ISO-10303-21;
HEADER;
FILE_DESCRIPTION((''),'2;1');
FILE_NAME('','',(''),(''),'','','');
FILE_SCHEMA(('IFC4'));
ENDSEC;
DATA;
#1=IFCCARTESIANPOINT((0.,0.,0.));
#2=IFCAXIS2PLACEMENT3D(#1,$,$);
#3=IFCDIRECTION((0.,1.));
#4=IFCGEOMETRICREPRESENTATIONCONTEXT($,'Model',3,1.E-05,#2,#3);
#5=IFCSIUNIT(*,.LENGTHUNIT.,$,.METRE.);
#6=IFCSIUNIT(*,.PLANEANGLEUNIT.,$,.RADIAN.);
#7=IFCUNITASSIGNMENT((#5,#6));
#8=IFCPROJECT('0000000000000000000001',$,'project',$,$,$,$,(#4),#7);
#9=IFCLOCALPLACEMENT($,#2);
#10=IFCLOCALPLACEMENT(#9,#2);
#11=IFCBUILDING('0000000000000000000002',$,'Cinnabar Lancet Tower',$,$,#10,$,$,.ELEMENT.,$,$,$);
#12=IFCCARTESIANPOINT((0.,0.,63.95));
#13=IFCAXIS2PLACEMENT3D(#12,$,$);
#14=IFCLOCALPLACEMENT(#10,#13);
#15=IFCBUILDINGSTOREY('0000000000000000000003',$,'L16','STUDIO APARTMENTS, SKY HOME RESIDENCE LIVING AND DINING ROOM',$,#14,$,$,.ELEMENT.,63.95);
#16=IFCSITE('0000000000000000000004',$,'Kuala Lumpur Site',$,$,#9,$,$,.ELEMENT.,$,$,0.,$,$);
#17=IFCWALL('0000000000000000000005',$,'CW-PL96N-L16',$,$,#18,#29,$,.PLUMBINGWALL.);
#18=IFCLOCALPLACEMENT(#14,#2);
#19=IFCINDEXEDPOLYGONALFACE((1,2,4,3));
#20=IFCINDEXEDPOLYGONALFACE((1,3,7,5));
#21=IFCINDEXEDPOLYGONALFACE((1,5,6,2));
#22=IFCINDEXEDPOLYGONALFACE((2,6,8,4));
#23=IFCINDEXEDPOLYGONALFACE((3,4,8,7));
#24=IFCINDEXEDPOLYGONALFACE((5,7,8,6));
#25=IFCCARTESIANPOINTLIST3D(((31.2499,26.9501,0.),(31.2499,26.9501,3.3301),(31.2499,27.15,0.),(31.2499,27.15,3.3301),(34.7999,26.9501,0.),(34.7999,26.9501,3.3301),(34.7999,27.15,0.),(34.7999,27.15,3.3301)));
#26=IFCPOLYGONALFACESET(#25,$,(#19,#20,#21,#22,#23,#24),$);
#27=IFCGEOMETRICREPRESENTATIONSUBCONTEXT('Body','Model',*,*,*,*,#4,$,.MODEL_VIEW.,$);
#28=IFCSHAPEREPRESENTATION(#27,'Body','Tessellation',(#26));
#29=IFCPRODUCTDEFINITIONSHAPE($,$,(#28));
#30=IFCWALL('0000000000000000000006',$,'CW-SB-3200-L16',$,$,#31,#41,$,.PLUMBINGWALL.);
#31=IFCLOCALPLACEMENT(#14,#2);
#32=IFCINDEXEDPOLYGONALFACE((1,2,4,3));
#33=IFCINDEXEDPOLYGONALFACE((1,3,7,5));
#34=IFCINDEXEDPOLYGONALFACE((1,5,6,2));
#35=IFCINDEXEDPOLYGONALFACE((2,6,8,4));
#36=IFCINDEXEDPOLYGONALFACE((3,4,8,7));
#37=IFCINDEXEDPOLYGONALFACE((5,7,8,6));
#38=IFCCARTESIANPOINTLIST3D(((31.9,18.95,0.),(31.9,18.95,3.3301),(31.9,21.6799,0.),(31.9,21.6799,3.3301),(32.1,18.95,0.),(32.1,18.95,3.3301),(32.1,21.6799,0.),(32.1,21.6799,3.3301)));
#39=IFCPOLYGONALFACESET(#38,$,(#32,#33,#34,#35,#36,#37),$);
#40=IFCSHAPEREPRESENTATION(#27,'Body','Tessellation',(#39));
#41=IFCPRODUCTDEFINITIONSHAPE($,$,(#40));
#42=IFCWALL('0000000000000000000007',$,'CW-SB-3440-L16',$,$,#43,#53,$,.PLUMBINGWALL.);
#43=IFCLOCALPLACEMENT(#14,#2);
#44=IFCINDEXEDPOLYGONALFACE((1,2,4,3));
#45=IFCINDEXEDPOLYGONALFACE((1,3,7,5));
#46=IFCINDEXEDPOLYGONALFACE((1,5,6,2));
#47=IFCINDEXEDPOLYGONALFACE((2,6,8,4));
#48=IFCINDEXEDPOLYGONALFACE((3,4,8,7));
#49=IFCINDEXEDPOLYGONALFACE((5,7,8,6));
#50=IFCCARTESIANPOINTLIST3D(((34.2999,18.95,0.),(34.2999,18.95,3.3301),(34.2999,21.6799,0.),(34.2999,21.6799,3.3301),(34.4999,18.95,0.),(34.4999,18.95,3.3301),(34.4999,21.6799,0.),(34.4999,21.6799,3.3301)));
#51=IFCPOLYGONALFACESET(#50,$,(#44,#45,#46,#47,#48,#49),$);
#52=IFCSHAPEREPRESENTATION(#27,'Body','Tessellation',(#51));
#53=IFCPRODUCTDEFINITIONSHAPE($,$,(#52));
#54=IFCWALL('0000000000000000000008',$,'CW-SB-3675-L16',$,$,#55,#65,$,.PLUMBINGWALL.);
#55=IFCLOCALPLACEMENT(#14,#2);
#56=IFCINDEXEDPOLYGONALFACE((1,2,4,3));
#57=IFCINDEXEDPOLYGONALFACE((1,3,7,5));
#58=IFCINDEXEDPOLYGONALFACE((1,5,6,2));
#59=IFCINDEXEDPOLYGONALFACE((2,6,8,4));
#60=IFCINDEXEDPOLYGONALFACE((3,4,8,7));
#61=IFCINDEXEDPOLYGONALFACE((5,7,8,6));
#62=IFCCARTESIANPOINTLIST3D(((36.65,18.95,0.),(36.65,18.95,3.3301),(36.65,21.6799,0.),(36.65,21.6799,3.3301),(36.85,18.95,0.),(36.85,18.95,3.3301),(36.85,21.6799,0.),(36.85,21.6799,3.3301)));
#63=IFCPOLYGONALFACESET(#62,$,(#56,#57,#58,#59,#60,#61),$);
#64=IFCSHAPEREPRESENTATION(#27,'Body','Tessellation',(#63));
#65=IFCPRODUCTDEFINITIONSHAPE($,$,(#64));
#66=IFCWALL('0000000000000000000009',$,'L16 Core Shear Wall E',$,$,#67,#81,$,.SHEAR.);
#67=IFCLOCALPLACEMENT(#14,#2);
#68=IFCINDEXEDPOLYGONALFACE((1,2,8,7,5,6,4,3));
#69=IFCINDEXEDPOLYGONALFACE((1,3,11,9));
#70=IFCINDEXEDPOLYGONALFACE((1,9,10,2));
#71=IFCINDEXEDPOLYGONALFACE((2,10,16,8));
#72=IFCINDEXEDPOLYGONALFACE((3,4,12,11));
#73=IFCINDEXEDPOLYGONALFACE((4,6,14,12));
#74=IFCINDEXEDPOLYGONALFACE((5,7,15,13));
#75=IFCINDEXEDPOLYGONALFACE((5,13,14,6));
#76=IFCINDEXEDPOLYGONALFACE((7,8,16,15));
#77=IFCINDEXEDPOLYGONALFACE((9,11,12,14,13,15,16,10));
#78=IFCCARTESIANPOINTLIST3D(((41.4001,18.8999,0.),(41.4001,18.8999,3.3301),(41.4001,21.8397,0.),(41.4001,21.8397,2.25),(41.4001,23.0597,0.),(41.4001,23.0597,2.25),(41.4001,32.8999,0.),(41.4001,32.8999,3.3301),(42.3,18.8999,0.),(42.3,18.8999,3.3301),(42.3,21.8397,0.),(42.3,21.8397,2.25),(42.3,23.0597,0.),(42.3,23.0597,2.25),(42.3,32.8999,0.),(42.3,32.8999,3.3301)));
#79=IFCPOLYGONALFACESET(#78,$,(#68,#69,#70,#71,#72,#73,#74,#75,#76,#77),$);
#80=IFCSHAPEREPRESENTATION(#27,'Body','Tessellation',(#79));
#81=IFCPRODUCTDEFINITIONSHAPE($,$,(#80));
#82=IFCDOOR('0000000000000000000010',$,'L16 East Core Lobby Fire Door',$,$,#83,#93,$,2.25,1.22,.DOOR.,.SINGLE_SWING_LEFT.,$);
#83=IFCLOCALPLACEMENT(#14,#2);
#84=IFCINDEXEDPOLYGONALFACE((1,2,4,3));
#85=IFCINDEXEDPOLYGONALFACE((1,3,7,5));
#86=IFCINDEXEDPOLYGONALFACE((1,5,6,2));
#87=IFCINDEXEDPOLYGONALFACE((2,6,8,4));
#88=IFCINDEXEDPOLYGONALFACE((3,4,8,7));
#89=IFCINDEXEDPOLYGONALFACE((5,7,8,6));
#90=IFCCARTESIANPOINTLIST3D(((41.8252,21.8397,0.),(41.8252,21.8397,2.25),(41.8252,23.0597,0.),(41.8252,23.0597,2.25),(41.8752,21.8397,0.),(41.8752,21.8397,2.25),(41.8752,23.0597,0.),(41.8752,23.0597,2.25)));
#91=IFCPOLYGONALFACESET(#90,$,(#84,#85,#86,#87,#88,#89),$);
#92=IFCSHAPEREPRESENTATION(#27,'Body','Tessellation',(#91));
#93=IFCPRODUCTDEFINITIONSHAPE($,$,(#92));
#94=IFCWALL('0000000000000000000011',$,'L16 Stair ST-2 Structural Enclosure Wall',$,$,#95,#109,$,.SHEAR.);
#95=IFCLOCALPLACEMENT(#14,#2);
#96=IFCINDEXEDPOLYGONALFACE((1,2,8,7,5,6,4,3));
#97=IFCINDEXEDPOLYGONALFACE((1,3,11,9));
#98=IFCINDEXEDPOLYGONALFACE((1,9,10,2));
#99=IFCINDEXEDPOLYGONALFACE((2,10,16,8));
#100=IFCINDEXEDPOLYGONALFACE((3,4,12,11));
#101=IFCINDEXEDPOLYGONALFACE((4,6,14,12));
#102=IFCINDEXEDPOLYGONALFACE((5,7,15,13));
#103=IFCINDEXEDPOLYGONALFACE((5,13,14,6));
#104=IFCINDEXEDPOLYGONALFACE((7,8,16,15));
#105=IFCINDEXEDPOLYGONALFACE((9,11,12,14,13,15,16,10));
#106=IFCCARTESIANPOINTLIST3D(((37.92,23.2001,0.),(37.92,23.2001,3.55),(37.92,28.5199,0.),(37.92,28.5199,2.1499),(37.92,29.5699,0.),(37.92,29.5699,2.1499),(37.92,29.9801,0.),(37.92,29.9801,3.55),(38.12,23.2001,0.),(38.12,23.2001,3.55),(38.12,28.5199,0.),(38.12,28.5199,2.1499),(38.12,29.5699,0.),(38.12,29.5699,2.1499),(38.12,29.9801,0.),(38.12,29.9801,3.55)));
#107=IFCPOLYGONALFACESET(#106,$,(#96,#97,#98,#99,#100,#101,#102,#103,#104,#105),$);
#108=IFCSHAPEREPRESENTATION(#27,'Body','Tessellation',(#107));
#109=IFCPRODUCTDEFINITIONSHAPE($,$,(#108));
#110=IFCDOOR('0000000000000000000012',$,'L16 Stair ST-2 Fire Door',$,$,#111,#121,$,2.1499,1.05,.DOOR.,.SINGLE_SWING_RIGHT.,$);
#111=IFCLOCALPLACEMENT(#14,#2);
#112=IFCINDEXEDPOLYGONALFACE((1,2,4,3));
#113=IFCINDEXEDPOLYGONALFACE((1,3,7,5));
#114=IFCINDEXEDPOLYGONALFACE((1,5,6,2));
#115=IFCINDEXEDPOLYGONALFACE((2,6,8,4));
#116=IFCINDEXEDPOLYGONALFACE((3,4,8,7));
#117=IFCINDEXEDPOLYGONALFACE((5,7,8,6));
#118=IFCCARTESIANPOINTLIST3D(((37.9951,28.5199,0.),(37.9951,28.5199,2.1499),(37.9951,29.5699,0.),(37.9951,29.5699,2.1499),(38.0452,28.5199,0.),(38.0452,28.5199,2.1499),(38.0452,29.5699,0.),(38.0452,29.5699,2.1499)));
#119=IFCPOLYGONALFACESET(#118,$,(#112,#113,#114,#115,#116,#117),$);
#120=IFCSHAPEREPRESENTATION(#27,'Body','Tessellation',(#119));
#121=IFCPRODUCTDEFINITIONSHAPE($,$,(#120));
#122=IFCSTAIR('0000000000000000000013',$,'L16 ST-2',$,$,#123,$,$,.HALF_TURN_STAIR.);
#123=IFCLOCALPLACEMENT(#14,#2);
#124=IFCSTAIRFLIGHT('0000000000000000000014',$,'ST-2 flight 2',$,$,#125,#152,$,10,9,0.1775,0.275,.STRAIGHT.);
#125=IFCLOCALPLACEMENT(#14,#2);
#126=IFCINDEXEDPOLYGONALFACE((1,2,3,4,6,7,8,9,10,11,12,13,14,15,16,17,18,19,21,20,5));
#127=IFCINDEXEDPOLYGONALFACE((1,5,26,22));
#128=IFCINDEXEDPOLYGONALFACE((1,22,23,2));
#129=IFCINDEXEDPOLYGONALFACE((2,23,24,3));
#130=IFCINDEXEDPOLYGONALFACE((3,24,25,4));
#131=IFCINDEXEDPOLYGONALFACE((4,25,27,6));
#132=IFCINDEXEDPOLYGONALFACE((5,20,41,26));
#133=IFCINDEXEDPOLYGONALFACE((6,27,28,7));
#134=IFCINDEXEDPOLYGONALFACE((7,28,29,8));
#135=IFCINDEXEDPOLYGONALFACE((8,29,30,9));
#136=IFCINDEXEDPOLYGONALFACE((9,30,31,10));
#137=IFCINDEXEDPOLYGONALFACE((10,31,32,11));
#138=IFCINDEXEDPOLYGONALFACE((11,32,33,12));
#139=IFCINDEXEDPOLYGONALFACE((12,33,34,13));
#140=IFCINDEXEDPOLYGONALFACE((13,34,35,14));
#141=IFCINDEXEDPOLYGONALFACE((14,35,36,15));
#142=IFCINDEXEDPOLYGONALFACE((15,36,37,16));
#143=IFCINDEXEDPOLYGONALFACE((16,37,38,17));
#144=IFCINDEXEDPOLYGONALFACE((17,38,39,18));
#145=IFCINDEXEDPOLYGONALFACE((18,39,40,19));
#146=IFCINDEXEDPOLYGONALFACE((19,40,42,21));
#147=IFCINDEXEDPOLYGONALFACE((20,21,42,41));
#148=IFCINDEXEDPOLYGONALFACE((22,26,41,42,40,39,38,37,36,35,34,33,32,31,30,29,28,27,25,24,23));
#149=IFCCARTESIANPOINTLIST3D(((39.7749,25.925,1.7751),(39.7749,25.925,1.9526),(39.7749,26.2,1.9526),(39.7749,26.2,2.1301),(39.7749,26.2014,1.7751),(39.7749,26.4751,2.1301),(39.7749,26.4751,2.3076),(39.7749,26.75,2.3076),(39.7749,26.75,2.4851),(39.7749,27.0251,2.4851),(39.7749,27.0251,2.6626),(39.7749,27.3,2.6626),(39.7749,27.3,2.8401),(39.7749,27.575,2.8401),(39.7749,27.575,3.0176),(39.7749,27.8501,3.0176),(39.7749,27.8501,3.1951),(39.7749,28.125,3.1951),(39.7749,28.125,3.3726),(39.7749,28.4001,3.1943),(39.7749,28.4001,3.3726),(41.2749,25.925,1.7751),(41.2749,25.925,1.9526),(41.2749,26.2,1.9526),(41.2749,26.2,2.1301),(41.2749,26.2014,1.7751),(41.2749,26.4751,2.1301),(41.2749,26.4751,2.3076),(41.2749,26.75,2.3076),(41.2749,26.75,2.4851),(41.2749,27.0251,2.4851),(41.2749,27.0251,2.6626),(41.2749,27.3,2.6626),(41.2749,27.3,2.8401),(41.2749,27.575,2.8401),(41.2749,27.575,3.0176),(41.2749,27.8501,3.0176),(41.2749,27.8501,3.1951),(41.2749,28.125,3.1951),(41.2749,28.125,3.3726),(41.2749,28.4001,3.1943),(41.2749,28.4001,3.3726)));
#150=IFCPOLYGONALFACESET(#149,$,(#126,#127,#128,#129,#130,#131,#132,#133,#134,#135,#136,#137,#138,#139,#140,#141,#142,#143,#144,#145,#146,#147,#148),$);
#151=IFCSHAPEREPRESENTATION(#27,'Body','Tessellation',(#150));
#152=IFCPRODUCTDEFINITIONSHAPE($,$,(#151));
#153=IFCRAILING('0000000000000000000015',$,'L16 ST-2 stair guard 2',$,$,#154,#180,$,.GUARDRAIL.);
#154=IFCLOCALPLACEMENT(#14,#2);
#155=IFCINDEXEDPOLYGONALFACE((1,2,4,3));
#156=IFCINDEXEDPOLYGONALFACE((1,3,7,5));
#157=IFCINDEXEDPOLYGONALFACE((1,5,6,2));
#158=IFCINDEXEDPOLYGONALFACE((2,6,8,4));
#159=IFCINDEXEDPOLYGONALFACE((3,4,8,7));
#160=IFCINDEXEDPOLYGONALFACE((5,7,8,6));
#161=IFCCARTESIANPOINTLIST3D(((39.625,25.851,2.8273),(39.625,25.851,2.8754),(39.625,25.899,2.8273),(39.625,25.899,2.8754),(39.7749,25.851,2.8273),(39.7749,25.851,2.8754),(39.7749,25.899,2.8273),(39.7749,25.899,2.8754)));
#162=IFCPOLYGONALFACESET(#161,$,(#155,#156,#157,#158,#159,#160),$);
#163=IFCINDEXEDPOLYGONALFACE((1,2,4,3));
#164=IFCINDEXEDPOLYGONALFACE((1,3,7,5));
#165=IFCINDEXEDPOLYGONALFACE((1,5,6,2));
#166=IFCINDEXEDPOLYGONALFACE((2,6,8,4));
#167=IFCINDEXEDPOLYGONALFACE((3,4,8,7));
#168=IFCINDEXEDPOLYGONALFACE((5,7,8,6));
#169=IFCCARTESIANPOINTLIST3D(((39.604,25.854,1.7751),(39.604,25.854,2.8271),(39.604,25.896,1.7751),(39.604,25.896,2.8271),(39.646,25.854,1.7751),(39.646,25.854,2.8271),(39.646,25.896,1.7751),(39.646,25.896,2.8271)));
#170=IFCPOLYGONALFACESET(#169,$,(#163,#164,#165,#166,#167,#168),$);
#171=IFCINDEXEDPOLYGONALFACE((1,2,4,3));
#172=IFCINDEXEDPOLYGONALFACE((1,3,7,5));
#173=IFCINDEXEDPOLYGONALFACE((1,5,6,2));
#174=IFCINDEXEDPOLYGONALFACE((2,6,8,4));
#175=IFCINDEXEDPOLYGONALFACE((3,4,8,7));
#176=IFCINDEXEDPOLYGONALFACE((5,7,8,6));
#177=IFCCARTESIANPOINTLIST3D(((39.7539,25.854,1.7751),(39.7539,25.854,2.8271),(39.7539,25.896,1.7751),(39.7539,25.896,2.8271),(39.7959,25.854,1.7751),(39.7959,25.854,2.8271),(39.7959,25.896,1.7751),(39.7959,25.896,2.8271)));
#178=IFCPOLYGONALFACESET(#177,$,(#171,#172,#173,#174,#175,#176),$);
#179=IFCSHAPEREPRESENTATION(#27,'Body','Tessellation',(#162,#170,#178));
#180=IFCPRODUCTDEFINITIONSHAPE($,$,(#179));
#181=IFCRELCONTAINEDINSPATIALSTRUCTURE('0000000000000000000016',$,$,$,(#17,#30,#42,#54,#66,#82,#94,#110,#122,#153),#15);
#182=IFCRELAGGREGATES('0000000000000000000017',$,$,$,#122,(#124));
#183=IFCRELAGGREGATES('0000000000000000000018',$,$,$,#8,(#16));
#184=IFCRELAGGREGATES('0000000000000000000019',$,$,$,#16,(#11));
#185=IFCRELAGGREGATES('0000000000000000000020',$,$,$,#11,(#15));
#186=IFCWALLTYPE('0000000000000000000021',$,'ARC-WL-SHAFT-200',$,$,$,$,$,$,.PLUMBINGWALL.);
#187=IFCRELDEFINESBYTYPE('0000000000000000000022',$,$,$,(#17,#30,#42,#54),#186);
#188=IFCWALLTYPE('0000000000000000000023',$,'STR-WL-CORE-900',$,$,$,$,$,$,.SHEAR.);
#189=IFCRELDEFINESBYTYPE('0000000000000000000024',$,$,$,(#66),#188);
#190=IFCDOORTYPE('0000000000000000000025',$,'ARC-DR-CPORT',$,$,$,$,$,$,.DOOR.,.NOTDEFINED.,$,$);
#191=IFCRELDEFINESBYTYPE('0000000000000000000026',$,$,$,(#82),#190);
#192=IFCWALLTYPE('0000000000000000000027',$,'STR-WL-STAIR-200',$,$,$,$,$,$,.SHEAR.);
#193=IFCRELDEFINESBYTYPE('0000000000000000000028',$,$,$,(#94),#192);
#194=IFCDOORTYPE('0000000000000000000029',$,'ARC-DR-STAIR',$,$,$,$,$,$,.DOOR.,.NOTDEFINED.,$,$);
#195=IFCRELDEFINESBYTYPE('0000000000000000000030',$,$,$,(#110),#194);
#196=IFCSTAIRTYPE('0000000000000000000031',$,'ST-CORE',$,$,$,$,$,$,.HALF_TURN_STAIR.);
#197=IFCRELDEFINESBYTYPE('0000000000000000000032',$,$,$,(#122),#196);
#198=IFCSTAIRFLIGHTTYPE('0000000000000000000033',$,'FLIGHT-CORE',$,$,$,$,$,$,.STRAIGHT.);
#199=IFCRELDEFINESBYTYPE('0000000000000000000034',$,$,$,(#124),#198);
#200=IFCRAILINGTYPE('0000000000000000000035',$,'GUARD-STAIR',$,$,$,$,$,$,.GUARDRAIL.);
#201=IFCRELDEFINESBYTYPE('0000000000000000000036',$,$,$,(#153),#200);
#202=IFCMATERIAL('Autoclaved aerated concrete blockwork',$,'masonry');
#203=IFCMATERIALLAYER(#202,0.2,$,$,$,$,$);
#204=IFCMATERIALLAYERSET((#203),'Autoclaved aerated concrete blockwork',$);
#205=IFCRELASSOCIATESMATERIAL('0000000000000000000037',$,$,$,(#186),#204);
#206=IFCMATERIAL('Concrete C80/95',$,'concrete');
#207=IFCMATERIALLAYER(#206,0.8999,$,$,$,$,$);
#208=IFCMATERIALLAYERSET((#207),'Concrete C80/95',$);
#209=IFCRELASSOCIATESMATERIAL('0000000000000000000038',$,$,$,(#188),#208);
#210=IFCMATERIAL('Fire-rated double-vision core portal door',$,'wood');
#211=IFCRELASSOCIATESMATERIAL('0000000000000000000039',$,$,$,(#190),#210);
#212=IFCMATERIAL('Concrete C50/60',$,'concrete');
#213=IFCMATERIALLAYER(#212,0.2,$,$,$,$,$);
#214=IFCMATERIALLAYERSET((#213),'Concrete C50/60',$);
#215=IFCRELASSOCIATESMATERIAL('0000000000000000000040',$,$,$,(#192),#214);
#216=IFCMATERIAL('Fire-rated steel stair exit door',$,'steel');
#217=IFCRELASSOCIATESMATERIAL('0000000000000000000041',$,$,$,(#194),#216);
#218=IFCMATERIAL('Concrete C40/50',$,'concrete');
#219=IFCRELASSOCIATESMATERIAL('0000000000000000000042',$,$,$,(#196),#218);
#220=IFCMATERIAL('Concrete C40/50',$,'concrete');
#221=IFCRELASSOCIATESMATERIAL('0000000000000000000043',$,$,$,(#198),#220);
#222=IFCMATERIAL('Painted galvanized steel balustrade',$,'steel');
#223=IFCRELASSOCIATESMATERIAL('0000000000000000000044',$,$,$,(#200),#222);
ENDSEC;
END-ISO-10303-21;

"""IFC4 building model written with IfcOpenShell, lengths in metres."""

from ifc_helpers import new_model, si_unit, direction, frame, frame_2d, origin, origin_2d, place, context, subcontext, project, spatial, polyline, rectangle, outline, extrude, material, layer, layer_set, type_object, element, fill, aggregate, save


model = new_model("IFC4")

# Units and contexts
model_context = context("Model", 3, precision=1e-05, world=origin(), true_north=direction((0.0, 1.0)))
body_context = subcontext(model_context, "Body", "Model", "MODEL_VIEW")
ifc_project = project(units=[si_unit("LENGTHUNIT", "METRE"), si_unit("PLANEANGLEUNIT", "RADIAN")], contexts=[model_context])

# Site, building, storey
site_placement = place(None, origin())
site = spatial("IfcSite", under=ifc_project, at=site_placement, Name="Kuala Lumpur Site", CompositionType="ELEMENT", RefElevation=0.0)
building_placement = place(site_placement, origin())
building = spatial("IfcBuilding", under=site, at=building_placement, Name="Cinnabar Lancet Tower", CompositionType="ELEMENT")
storey_placement = place(building_placement, frame((0.0, 0.0, 63.95)))
storey = spatial("IfcBuildingStorey", under=building, at=storey_placement, Name="L16", Description="STUDIO APARTMENTS, SKY HOME RESIDENCE LIVING AND DINING ROOM", CompositionType="ELEMENT", Elevation=63.95)

# Shared definitions
ifc_material_1 = material(Name="Autoclaved aerated concrete blockwork", Category="masonry")
ifc_layer_1 = layer(ifc_material_1, 0.2)
ifc_layer_set_1 = layer_set([ifc_layer_1], Name="Autoclaved aerated concrete blockwork")
wall_type_1 = type_object("IfcWallType", Name="ARC-WL-SHAFT-200", PredefinedType="PLUMBINGWALL", material=ifc_layer_set_1)

# Walls
wall_1_placement = place(storey_placement, frame((31.25, 27.05, 0.0), z_axis=(0.0, 0.0, 1.0), x_axis=(1.0, 0.0, 0.0)))
element("IfcWall", 1, at=wall_1_placement, inside=storey, type_object=wall_type_1, Name="CW-PL96N-L16", PredefinedType="PLUMBINGWALL", context=body_context, shape_type="SweptSolid", body=[
    extrude(rectangle(XDim=3.55, YDim=0.2, at=frame_2d((1.7749, 0.0))), origin(), (0.0, 0.0, 1.0), 3.3301),
])
for number, where, z_axis, x_axis, name in (
    (2, (32.0, 18.95, 0.0), (0.0, 0.0, 1.0), (0.0, 1.0, 0.0), "CW-SB-3200-L16"),
    (3, (34.3999, 18.95, 0.0), (0.0, 0.0, 1.0), (0.0, 1.0, 0.0), "CW-SB-3440-L16"),
    (4, (36.75, 18.95, 0.0), (0.0, 0.0, 1.0), (0.0, 1.0, 0.0), "CW-SB-3675-L16"),
):
    element("IfcWall", number, at=place(storey_placement, frame(where, z_axis=z_axis, x_axis=x_axis)), inside=storey, type_object=wall_type_1, Name=name, PredefinedType="PLUMBINGWALL", context=body_context, shape_type="SweptSolid", body=[
        extrude(rectangle(XDim=2.73, YDim=0.2, at=frame_2d((1.365, 0.0))), origin(), (0.0, 0.0, 1.0), 3.3301),
    ])

# Walls, openings, doors
ifc_material_2 = material(Name="Concrete C80/95", Category="concrete")
ifc_layer_2 = layer(ifc_material_2, 0.8999)
ifc_layer_set_2 = layer_set([ifc_layer_2], Name="Concrete C80/95")
wall_type_2 = type_object("IfcWallType", Name="STR-WL-CORE-900", PredefinedType="SHEAR", material=ifc_layer_set_2)
wall_2_placement = place(storey_placement, frame((41.8501, 18.8999, 0.0), z_axis=(0.0, 0.0, 1.0), x_axis=(0.0, 1.0, 0.0)))
wall_2 = element("IfcWall", 5, at=wall_2_placement, inside=storey, type_object=wall_type_2, Name="L16 Core Shear Wall E", PredefinedType="SHEAR", context=body_context, shape_type="SweptSolid", body=[
    extrude(rectangle(XDim=14.0, YDim=0.8999, at=frame_2d((7.0, 0.0))), origin(), (0.0, 0.0, 1.0), 3.3301),
])
opening_1_placement = place(wall_2_placement, frame((2.9399, 0.0, 0.0)))
opening_1 = element("IfcOpeningElement", 6, at=opening_1_placement, cuts=wall_2, PredefinedType="OPENING", context=body_context, shape_type="SweptSolid", body=[
    extrude(rectangle(XDim=1.22, YDim=2.25, at=frame_2d((0.6099, 1.125))), frame((0.0, 0.46, 0.0), z_axis=(0.0, -1.0, 0.0), x_axis=(1.0, 0.0, 0.0)), (0.0, 0.0, 1.0), 0.9199),
])
ifc_material_3 = material(Name="Fire-rated double-vision core portal door", Category="wood")
door_type_1 = type_object("IfcDoorType", Name="ARC-DR-CPORT", OperationType="NOTDEFINED", PredefinedType="DOOR", material=ifc_material_3)
door_1_placement = place(opening_1_placement, origin())
door_1 = element("IfcDoor", 7, at=door_1_placement, inside=storey, type_object=door_type_1, Name="L16 East Core Lobby Fire Door", OperationType="SINGLE_SWING_LEFT", OverallHeight=2.25, OverallWidth=1.22, PredefinedType="DOOR", context=body_context, shape_type="SweptSolid", body=[
    extrude(rectangle(XDim=1.22, YDim=2.25, at=frame_2d((0.6099, 1.125))), frame((0.0, 0.0249, 0.0), z_axis=(0.0, -1.0, 0.0), x_axis=(1.0, 0.0, 0.0)), (0.0, 0.0, 1.0), 0.05),
])
fill(opening_1, door_1)
ifc_material_4 = material(Name="Concrete C50/60", Category="concrete")
ifc_layer_3 = layer(ifc_material_4, 0.2)
ifc_layer_set_3 = layer_set([ifc_layer_3], Name="Concrete C50/60")
wall_type_3 = type_object("IfcWallType", Name="STR-WL-STAIR-200", PredefinedType="SHEAR", material=ifc_layer_set_3)
wall_3_placement = place(storey_placement, frame((38.02, 23.2, 0.0), z_axis=(0.0, 0.0, 1.0), x_axis=(0.0, 1.0, 0.0)))
wall_3 = element("IfcWall", 8, at=wall_3_placement, inside=storey, type_object=wall_type_3, Name="L16 Stair ST-2 Structural Enclosure Wall", PredefinedType="SHEAR", context=body_context, shape_type="SweptSolid", body=[
    extrude(rectangle(XDim=6.78, YDim=0.2, at=frame_2d((3.3901, 0.0))), origin(), (0.0, 0.0, 1.0), 3.55),
])
opening_2_placement = place(wall_3_placement, frame((5.3201, 0.0, 0.0)))
opening_2 = element("IfcOpeningElement", 9, at=opening_2_placement, cuts=wall_3, PredefinedType="OPENING", context=body_context, shape_type="SweptSolid", body=[
    extrude(rectangle(XDim=1.05, YDim=2.1499, at=frame_2d((0.5249, 1.075))), frame((0.0, 0.1099, 0.0), z_axis=(0.0, -1.0, 0.0), x_axis=(1.0, 0.0, 0.0)), (0.0, 0.0, 1.0), 0.22),
])
ifc_material_5 = material(Name="Fire-rated steel stair exit door", Category="steel")
door_type_2 = type_object("IfcDoorType", Name="ARC-DR-STAIR", OperationType="NOTDEFINED", PredefinedType="DOOR", material=ifc_material_5)
door_2_placement = place(opening_2_placement, origin())
door_2 = element("IfcDoor", 10, at=door_2_placement, inside=storey, type_object=door_type_2, Name="L16 Stair ST-2 Fire Door", OperationType="SINGLE_SWING_RIGHT", OverallHeight=2.1499, OverallWidth=1.05, PredefinedType="DOOR", context=body_context, shape_type="SweptSolid", body=[
    extrude(rectangle(XDim=1.05, YDim=2.1499, at=frame_2d((0.5249, 1.075))), frame((0.0, 0.0249, 0.0), z_axis=(0.0, -1.0, 0.0), x_axis=(1.0, 0.0, 0.0)), (0.0, 0.0, 1.0), 0.05),
])
fill(opening_2, door_2)

# Stair, stair flight
ifc_material_6 = material(Name="Concrete C40/50", Category="concrete")
stair_type = type_object("IfcStairType", Name="ST-CORE", PredefinedType="HALF_TURN_STAIR", material=ifc_material_6)
stair_placement = place(storey_placement, origin())
stair = element("IfcStair", 11, at=stair_placement, inside=storey, type_object=stair_type, Name="L16 ST-2", PredefinedType="HALF_TURN_STAIR")
ifc_material_7 = material(Name="Concrete C40/50", Category="concrete")
stair_flight_type = type_object("IfcStairFlightType", Name="FLIGHT-CORE", PredefinedType="STRAIGHT", material=ifc_material_7)
stair_flight_placement = place(storey_placement, frame((40.5249, 25.925, 1.7751), z_axis=(0.0, 0.0, 1.0), x_axis=(0.0, 1.0, 0.0)))
stair_flight = element("IfcStairFlight", 12, at=stair_flight_placement, type_object=stair_flight_type, Name="ST-2 flight 2", NumberOfRisers=10, NumberOfTreads=9, PredefinedType="STRAIGHT", RiserHeight=0.1775, TreadLength=0.275, context=body_context, shape_type="SweptSolid", body=[
    extrude(outline(polyline([(0.0, 0.0), (0.0, 0.1775), (0.2749, 0.1775), (0.2749, 0.355), (0.55, 0.355), (0.55, 0.5325), (0.825, 0.5325), (0.825, 0.71), (1.1001, 0.71), (1.1001, 0.8875), (1.375, 0.8875), (1.375, 1.0649), (1.6499, 1.0649), (1.6499, 1.2424), (1.925, 1.2424), (1.925, 1.4199), (2.2, 1.4199), (2.2, 1.5974), (2.4751, 1.5974), (2.4751, 1.7749), (2.4751, 1.4192), (0.2764, 0.0), (0.0, 0.0)])), frame((0.0, 0.75, 0.0), z_axis=(0.0, -1.0, 0.0), x_axis=(1.0, 0.0, 0.0)), (0.0, 0.0, 1.0), 1.5),
])
aggregate(stair, [stair_flight])

# Railing
ifc_material_8 = material(Name="Painted galvanized steel balustrade", Category="steel")
railing_type_1 = type_object("IfcRailingType", Name="GUARD-STAIR", PredefinedType="GUARDRAIL", material=ifc_material_8)
railing_1_placement = place(storey_placement, frame((39.625, 25.875, 1.7751)))
element("IfcRailing", 13, at=railing_1_placement, inside=storey, type_object=railing_type_1, Name="L16 ST-2 stair guard 2", PredefinedType="GUARDRAIL", context=body_context, shape_type="SweptSolid", body=[
    extrude(rectangle(XDim=0.0481, YDim=0.0481, at=origin_2d()), frame((0.0, 0.0, 1.0762), z_axis=(1.0, 0.0, 0.0), x_axis=(0.0, 1.0, 0.0)), (0.0, 0.0, 1.0), 0.1499),
    extrude(rectangle(XDim=0.042, YDim=0.042, at=origin_2d()), origin(), (0.0, 0.0, 1.0), 1.052),
    extrude(rectangle(XDim=0.042, YDim=0.042, at=origin_2d()), frame((0.1499, 0.0, 0.0)), (0.0, 0.0, 1.0), 1.052),
])

save(model, "model.ifc")
